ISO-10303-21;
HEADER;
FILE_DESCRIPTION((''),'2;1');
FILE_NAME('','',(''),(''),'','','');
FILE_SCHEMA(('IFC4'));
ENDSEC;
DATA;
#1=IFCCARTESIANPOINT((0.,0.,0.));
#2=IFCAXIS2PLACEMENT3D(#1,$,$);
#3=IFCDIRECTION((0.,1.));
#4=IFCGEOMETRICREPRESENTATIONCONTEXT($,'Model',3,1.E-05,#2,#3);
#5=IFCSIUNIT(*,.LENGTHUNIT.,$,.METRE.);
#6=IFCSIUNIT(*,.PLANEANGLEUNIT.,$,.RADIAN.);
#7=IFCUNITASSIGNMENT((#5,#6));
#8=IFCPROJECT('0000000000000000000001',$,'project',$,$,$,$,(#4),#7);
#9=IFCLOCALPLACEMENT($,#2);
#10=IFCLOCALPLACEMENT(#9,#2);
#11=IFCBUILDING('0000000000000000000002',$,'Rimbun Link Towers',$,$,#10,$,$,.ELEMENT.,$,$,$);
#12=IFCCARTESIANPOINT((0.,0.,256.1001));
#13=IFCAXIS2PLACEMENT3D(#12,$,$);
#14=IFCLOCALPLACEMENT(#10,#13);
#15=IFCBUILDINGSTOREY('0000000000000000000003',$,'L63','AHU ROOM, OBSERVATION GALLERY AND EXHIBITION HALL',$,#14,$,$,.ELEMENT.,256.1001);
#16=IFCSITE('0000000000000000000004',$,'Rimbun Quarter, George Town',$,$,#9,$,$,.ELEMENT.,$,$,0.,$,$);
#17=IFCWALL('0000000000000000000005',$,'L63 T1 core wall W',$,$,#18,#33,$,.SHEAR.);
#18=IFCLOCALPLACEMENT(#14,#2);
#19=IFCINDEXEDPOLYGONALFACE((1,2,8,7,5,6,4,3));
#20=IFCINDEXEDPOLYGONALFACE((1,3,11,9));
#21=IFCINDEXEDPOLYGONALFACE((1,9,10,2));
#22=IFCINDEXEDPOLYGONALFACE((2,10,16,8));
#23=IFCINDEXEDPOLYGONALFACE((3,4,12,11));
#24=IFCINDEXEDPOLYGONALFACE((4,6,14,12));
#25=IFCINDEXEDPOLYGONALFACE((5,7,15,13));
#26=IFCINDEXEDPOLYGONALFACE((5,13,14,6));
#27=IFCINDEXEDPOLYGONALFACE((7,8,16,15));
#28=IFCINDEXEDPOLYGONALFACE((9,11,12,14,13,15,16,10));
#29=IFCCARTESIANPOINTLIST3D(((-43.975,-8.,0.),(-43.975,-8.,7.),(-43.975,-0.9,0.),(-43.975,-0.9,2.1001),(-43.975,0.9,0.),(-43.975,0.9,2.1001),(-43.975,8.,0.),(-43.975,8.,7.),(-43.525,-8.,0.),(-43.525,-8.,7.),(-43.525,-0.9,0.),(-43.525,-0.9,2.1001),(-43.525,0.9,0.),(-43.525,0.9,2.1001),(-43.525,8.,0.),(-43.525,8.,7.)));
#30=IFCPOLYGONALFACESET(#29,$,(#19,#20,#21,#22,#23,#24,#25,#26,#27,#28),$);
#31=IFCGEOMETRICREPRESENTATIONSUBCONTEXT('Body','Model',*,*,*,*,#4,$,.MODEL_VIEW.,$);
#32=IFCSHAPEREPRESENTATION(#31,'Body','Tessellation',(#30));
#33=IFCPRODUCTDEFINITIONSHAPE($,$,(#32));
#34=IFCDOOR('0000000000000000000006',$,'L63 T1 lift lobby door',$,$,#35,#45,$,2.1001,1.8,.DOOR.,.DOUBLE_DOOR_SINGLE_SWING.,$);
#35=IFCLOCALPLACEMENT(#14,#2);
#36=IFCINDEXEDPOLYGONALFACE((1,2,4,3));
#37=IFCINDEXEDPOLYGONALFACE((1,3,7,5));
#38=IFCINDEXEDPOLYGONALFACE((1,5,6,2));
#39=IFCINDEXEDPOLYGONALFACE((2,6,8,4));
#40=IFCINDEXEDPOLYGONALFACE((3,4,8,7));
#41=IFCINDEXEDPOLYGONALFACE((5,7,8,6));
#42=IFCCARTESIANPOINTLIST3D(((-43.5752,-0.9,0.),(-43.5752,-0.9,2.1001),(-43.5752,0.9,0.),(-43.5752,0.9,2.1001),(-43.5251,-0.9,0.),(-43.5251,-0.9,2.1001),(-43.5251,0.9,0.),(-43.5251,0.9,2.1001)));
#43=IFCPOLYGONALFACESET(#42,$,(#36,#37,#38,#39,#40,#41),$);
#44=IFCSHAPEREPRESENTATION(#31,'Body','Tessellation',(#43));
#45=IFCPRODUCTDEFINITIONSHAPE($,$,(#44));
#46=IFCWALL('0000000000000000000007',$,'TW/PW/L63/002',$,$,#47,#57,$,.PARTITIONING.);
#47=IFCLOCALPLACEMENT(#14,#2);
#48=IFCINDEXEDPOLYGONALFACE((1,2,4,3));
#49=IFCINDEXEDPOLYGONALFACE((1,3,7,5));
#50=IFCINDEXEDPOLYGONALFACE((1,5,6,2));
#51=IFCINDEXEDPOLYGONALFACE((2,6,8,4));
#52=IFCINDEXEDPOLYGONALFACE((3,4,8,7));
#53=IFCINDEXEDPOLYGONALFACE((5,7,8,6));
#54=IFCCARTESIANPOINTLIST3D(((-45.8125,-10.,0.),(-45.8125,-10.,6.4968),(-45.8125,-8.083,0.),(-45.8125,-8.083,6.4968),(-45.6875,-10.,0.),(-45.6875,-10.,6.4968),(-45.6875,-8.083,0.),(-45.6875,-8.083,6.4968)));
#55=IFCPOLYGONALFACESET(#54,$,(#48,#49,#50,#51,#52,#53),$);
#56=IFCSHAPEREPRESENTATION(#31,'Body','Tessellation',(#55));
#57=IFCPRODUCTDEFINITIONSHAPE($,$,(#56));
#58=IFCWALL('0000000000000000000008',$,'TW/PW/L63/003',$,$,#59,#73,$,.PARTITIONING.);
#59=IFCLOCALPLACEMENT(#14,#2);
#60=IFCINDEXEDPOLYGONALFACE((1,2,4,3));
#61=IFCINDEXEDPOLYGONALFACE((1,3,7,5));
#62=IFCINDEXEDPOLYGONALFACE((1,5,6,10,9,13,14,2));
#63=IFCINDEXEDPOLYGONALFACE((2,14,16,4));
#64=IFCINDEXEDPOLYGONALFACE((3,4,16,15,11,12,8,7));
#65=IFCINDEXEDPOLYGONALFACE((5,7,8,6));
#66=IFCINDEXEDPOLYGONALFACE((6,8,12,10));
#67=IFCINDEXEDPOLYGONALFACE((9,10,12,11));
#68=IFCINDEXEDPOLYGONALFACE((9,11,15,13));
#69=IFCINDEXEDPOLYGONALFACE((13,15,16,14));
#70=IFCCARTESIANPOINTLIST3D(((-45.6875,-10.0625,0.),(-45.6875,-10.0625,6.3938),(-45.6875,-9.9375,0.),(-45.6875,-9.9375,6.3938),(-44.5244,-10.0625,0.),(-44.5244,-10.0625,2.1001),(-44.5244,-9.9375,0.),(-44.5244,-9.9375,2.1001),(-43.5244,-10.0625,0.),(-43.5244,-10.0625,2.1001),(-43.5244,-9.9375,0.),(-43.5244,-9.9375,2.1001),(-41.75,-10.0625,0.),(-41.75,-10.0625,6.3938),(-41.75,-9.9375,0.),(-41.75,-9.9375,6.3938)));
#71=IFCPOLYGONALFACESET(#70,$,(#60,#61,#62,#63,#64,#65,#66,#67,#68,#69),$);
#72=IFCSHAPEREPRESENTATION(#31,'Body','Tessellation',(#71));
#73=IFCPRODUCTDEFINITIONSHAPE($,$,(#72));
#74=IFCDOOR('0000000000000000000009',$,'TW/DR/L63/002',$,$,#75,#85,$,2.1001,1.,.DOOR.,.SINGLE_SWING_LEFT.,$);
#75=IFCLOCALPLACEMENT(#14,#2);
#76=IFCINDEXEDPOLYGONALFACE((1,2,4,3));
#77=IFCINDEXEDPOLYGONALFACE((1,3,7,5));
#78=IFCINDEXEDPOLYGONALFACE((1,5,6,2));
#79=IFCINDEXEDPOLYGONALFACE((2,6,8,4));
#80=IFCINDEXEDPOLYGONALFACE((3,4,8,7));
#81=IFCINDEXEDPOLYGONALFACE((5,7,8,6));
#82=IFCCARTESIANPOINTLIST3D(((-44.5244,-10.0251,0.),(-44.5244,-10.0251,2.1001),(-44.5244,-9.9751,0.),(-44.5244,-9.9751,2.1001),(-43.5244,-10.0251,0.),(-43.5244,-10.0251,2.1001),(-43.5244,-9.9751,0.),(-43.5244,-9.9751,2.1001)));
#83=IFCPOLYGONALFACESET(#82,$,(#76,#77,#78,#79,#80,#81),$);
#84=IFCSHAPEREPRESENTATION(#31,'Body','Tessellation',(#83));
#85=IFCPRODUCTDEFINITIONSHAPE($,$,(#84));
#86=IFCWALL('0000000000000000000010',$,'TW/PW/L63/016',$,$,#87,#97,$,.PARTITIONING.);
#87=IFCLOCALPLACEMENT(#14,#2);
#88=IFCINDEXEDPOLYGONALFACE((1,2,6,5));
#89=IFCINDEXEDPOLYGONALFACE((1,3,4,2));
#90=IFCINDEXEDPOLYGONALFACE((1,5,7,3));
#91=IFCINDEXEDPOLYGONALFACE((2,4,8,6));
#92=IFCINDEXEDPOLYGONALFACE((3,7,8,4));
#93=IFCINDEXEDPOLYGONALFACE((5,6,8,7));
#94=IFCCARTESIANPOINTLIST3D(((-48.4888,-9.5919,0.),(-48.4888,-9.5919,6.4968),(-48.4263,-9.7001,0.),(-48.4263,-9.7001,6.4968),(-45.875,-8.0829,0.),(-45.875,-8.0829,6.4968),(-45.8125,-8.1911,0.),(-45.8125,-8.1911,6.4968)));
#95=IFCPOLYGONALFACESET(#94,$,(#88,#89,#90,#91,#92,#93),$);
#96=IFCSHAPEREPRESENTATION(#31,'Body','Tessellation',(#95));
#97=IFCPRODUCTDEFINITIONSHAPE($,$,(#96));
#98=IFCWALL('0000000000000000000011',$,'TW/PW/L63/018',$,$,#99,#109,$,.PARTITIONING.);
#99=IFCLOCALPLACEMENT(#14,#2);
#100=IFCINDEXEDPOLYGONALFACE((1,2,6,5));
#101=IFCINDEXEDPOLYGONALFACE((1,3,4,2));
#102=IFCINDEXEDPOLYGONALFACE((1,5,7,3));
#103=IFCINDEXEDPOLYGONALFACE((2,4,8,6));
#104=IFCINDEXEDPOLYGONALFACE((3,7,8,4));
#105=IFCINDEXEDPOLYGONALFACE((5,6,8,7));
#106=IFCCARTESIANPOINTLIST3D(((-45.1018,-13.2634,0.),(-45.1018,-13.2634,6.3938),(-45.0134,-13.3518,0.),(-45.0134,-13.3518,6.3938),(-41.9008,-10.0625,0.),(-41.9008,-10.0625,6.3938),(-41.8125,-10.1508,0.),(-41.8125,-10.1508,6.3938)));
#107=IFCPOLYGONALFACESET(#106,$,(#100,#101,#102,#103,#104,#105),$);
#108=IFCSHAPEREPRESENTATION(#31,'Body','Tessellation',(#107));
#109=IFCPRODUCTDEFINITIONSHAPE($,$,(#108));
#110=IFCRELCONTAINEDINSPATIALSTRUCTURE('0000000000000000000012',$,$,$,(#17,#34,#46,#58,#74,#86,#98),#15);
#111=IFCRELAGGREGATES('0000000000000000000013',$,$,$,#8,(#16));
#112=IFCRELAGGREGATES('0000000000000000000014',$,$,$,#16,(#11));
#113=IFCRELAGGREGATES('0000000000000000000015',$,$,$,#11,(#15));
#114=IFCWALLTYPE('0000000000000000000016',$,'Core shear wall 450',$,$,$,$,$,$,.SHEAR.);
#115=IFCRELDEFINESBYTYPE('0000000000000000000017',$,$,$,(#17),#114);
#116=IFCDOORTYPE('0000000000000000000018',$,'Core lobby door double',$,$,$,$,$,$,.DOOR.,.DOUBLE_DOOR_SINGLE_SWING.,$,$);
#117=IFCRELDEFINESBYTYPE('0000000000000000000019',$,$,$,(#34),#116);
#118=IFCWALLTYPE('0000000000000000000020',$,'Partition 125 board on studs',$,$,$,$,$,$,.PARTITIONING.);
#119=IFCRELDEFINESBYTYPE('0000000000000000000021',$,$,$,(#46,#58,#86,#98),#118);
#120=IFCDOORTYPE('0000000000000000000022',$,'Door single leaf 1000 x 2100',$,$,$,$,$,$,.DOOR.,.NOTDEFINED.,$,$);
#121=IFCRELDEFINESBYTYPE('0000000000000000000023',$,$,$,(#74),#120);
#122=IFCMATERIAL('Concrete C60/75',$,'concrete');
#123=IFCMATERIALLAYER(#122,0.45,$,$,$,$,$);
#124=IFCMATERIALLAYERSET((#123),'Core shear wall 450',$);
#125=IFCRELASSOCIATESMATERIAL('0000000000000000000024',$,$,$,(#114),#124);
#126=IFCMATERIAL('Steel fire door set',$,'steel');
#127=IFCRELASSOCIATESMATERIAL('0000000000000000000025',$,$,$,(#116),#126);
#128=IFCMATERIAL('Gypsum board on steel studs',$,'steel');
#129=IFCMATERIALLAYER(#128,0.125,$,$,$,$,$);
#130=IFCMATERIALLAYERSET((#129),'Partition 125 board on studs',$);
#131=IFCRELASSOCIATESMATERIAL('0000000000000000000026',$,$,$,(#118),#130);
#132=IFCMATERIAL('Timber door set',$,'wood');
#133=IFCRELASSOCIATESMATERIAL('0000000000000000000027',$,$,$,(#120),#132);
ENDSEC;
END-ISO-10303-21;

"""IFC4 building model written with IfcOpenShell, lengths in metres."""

from ifc_helpers import new_model, si_unit, direction, frame, frame_2d, origin, place, context, subcontext, project, spatial, rectangle, extrude, material, layer, layer_set, type_object, element, fill, save


model = new_model("IFC4")

# Units and contexts
model_context = context("Model", 3, precision=1e-05, world=origin(), true_north=direction((0.0, 1.0)))
body_context = subcontext(model_context, "Body", "Model", "MODEL_VIEW")
ifc_project = project(units=[si_unit("LENGTHUNIT", "METRE"), si_unit("PLANEANGLEUNIT", "RADIAN")], contexts=[model_context])

# Site, building, storey
site_placement = place(None, origin())
site = spatial("IfcSite", under=ifc_project, at=site_placement, Name="Rimbun Quarter, George Town", CompositionType="ELEMENT", RefElevation=0.0)
building_placement = place(site_placement, origin())
building = spatial("IfcBuilding", under=site, at=building_placement, Name="Rimbun Link Towers", CompositionType="ELEMENT")
storey_placement = place(building_placement, frame((0.0, 0.0, 256.1001)))
storey = spatial("IfcBuildingStorey", under=building, at=storey_placement, Name="L63", Description="AHU ROOM, OBSERVATION GALLERY AND EXHIBITION HALL", CompositionType="ELEMENT", Elevation=256.1001)

# Shared definitions
ifc_material_1 = material(Name="Concrete C60/75", Category="concrete")
ifc_layer_1 = layer(ifc_material_1, 0.45)
ifc_layer_set_1 = layer_set([ifc_layer_1], Name="Core shear wall 450")
wall_type_1 = type_object("IfcWallType", Name="Core shear wall 450", PredefinedType="SHEAR", material=ifc_layer_set_1)

# Wall, opening, door
wall_1_placement = place(storey_placement, frame((-43.75, -8.0, 0.0), z_axis=(0.0, 0.0, 1.0), x_axis=(0.0, 1.0, 0.0)))
wall_1 = element("IfcWall", 1, at=wall_1_placement, inside=storey, type_object=wall_type_1, Name="L63 T1 core wall W", PredefinedType="SHEAR", context=body_context, shape_type="SweptSolid", body=[
    extrude(rectangle(XDim=16.0, YDim=0.45, at=frame_2d((8.0, 0.0))), origin(), (0.0, 0.0, 1.0), 7.0),
])
opening_1_placement = place(wall_1_placement, frame((7.1001, 0.0, 0.0)))
opening_1 = element("IfcOpeningElement", 2, at=opening_1_placement, cuts=wall_1, PredefinedType="OPENING", context=body_context, shape_type="SweptSolid", body=[
    extrude(rectangle(XDim=1.8, YDim=2.1001, at=frame_2d((0.8999, 1.05))), frame((0.0, 0.2349, 0.0), z_axis=(0.0, -1.0, 0.0), x_axis=(1.0, 0.0, 0.0)), (0.0, 0.0, 1.0), 0.47),
])
ifc_material_2 = material(Name="Steel fire door set", Category="steel")
door_type_1 = type_object("IfcDoorType", Name="Core lobby door double", OperationType="DOUBLE_DOOR_SINGLE_SWING", PredefinedType="DOOR", material=ifc_material_2)
door_1_placement = place(opening_1_placement, origin())
door_1 = element("IfcDoor", 3, at=door_1_placement, inside=storey, type_object=door_type_1, Name="L63 T1 lift lobby door", OperationType="DOUBLE_DOOR_SINGLE_SWING", OverallHeight=2.1001, OverallWidth=1.8, PredefinedType="DOOR", context=body_context, shape_type="SweptSolid", body=[
    extrude(rectangle(XDim=1.8, YDim=2.1001, at=frame_2d((0.8999, 1.05))), frame((0.0, -0.1748, 0.0), z_axis=(0.0, -1.0, 0.0), x_axis=(1.0, 0.0, 0.0)), (0.0, 0.0, 1.0), 0.05),
])
fill(opening_1, door_1)

# Wall
ifc_material_3 = material(Name="Gypsum board on steel studs", Category="steel")
ifc_layer_2 = layer(ifc_material_3, 0.125)
ifc_layer_set_2 = layer_set([ifc_layer_2], Name="Partition 125 board on studs")
wall_type_2 = type_object("IfcWallType", Name="Partition 125 board on studs", PredefinedType="PARTITIONING", material=ifc_layer_set_2)
wall_2_placement = place(storey_placement, frame((-45.75, -8.083, 0.0), z_axis=(0.0, 0.0, 1.0), x_axis=(0.0, -1.0, 0.0)))
element("IfcWall", 4, at=wall_2_placement, inside=storey, type_object=wall_type_2, Name="TW/PW/L63/002", PredefinedType="PARTITIONING", context=body_context, shape_type="SweptSolid", body=[
    extrude(rectangle(XDim=1.917, YDim=0.125, at=frame_2d((0.9585, 0.0))), origin(), (0.0, 0.0, 1.0), 6.4968),
])

# Wall, opening, door
wall_3_placement = place(storey_placement, frame((-45.6875, -10.0, 0.0), z_axis=(0.0, 0.0, 1.0), x_axis=(1.0, 0.0, 0.0)))
wall_3 = element("IfcWall", 5, at=wall_3_placement, inside=storey, type_object=wall_type_2, Name="TW/PW/L63/003", PredefinedType="PARTITIONING", context=body_context, shape_type="SweptSolid", body=[
    extrude(rectangle(XDim=3.9375, YDim=0.125, at=frame_2d((1.9688, 0.0))), origin(), (0.0, 0.0, 1.0), 6.3938),
])
opening_2_placement = place(wall_3_placement, frame((1.1631, 0.0, 0.0)))
opening_2 = element("IfcOpeningElement", 6, at=opening_2_placement, cuts=wall_3, PredefinedType="OPENING", context=body_context, shape_type="SweptSolid", body=[
    extrude(rectangle(XDim=1.0, YDim=2.1001, at=frame_2d((0.5, 1.05))), frame((0.0, 0.0725, 0.0), z_axis=(0.0, -1.0, 0.0), x_axis=(1.0, 0.0, 0.0)), (0.0, 0.0, 1.0), 0.145),
])
ifc_material_4 = material(Name="Timber door set", Category="wood")
door_type_2 = type_object("IfcDoorType", Name="Door single leaf 1000 x 2100", OperationType="NOTDEFINED", PredefinedType="DOOR", material=ifc_material_4)
door_2_placement = place(opening_2_placement, origin())
door_2 = element("IfcDoor", 7, at=door_2_placement, inside=storey, type_object=door_type_2, Name="TW/DR/L63/002", OperationType="SINGLE_SWING_LEFT", OverallHeight=2.1001, OverallWidth=1.0, PredefinedType="DOOR", context=body_context, shape_type="SweptSolid", body=[
    extrude(rectangle(XDim=1.0, YDim=2.1001, at=frame_2d((0.5, 1.05))), frame((0.0, 0.0249, 0.0), z_axis=(0.0, -1.0, 0.0), x_axis=(1.0, 0.0, 0.0)), (0.0, 0.0, 1.0), 0.05),
])
fill(opening_2, door_2)

# Walls
wall_4_placement = place(storey_placement, frame((-48.4575, -9.646, 0.0), z_axis=(0.0, 0.0, 1.0), x_axis=(0.866029, 0.499993, 0.0)))
element("IfcWall", 8, at=wall_4_placement, inside=storey, type_object=wall_type_2, Name="TW/PW/L63/016", PredefinedType="PARTITIONING", context=body_context, shape_type="SweptSolid", body=[
    extrude(rectangle(XDim=3.0181, YDim=0.125, at=frame_2d((1.509, 0.0))), origin(), (0.0, 0.0, 1.0), 6.4968),
])
wall_5_placement = place(storey_placement, frame((-45.0576, -13.3076, 0.0), z_axis=(0.0, 0.0, 1.0), x_axis=(0.707107, 0.707107, 0.0)))
element("IfcWall", 9, at=wall_5_placement, inside=storey, type_object=wall_type_2, Name="TW/PW/L63/018", PredefinedType="PARTITIONING", context=body_context, shape_type="SweptSolid", body=[
    extrude(rectangle(XDim=4.5269, YDim=0.125, at=frame_2d((2.2634, 0.0))), origin(), (0.0, 0.0, 1.0), 6.3938),
])

save(model, "model.ifc")
